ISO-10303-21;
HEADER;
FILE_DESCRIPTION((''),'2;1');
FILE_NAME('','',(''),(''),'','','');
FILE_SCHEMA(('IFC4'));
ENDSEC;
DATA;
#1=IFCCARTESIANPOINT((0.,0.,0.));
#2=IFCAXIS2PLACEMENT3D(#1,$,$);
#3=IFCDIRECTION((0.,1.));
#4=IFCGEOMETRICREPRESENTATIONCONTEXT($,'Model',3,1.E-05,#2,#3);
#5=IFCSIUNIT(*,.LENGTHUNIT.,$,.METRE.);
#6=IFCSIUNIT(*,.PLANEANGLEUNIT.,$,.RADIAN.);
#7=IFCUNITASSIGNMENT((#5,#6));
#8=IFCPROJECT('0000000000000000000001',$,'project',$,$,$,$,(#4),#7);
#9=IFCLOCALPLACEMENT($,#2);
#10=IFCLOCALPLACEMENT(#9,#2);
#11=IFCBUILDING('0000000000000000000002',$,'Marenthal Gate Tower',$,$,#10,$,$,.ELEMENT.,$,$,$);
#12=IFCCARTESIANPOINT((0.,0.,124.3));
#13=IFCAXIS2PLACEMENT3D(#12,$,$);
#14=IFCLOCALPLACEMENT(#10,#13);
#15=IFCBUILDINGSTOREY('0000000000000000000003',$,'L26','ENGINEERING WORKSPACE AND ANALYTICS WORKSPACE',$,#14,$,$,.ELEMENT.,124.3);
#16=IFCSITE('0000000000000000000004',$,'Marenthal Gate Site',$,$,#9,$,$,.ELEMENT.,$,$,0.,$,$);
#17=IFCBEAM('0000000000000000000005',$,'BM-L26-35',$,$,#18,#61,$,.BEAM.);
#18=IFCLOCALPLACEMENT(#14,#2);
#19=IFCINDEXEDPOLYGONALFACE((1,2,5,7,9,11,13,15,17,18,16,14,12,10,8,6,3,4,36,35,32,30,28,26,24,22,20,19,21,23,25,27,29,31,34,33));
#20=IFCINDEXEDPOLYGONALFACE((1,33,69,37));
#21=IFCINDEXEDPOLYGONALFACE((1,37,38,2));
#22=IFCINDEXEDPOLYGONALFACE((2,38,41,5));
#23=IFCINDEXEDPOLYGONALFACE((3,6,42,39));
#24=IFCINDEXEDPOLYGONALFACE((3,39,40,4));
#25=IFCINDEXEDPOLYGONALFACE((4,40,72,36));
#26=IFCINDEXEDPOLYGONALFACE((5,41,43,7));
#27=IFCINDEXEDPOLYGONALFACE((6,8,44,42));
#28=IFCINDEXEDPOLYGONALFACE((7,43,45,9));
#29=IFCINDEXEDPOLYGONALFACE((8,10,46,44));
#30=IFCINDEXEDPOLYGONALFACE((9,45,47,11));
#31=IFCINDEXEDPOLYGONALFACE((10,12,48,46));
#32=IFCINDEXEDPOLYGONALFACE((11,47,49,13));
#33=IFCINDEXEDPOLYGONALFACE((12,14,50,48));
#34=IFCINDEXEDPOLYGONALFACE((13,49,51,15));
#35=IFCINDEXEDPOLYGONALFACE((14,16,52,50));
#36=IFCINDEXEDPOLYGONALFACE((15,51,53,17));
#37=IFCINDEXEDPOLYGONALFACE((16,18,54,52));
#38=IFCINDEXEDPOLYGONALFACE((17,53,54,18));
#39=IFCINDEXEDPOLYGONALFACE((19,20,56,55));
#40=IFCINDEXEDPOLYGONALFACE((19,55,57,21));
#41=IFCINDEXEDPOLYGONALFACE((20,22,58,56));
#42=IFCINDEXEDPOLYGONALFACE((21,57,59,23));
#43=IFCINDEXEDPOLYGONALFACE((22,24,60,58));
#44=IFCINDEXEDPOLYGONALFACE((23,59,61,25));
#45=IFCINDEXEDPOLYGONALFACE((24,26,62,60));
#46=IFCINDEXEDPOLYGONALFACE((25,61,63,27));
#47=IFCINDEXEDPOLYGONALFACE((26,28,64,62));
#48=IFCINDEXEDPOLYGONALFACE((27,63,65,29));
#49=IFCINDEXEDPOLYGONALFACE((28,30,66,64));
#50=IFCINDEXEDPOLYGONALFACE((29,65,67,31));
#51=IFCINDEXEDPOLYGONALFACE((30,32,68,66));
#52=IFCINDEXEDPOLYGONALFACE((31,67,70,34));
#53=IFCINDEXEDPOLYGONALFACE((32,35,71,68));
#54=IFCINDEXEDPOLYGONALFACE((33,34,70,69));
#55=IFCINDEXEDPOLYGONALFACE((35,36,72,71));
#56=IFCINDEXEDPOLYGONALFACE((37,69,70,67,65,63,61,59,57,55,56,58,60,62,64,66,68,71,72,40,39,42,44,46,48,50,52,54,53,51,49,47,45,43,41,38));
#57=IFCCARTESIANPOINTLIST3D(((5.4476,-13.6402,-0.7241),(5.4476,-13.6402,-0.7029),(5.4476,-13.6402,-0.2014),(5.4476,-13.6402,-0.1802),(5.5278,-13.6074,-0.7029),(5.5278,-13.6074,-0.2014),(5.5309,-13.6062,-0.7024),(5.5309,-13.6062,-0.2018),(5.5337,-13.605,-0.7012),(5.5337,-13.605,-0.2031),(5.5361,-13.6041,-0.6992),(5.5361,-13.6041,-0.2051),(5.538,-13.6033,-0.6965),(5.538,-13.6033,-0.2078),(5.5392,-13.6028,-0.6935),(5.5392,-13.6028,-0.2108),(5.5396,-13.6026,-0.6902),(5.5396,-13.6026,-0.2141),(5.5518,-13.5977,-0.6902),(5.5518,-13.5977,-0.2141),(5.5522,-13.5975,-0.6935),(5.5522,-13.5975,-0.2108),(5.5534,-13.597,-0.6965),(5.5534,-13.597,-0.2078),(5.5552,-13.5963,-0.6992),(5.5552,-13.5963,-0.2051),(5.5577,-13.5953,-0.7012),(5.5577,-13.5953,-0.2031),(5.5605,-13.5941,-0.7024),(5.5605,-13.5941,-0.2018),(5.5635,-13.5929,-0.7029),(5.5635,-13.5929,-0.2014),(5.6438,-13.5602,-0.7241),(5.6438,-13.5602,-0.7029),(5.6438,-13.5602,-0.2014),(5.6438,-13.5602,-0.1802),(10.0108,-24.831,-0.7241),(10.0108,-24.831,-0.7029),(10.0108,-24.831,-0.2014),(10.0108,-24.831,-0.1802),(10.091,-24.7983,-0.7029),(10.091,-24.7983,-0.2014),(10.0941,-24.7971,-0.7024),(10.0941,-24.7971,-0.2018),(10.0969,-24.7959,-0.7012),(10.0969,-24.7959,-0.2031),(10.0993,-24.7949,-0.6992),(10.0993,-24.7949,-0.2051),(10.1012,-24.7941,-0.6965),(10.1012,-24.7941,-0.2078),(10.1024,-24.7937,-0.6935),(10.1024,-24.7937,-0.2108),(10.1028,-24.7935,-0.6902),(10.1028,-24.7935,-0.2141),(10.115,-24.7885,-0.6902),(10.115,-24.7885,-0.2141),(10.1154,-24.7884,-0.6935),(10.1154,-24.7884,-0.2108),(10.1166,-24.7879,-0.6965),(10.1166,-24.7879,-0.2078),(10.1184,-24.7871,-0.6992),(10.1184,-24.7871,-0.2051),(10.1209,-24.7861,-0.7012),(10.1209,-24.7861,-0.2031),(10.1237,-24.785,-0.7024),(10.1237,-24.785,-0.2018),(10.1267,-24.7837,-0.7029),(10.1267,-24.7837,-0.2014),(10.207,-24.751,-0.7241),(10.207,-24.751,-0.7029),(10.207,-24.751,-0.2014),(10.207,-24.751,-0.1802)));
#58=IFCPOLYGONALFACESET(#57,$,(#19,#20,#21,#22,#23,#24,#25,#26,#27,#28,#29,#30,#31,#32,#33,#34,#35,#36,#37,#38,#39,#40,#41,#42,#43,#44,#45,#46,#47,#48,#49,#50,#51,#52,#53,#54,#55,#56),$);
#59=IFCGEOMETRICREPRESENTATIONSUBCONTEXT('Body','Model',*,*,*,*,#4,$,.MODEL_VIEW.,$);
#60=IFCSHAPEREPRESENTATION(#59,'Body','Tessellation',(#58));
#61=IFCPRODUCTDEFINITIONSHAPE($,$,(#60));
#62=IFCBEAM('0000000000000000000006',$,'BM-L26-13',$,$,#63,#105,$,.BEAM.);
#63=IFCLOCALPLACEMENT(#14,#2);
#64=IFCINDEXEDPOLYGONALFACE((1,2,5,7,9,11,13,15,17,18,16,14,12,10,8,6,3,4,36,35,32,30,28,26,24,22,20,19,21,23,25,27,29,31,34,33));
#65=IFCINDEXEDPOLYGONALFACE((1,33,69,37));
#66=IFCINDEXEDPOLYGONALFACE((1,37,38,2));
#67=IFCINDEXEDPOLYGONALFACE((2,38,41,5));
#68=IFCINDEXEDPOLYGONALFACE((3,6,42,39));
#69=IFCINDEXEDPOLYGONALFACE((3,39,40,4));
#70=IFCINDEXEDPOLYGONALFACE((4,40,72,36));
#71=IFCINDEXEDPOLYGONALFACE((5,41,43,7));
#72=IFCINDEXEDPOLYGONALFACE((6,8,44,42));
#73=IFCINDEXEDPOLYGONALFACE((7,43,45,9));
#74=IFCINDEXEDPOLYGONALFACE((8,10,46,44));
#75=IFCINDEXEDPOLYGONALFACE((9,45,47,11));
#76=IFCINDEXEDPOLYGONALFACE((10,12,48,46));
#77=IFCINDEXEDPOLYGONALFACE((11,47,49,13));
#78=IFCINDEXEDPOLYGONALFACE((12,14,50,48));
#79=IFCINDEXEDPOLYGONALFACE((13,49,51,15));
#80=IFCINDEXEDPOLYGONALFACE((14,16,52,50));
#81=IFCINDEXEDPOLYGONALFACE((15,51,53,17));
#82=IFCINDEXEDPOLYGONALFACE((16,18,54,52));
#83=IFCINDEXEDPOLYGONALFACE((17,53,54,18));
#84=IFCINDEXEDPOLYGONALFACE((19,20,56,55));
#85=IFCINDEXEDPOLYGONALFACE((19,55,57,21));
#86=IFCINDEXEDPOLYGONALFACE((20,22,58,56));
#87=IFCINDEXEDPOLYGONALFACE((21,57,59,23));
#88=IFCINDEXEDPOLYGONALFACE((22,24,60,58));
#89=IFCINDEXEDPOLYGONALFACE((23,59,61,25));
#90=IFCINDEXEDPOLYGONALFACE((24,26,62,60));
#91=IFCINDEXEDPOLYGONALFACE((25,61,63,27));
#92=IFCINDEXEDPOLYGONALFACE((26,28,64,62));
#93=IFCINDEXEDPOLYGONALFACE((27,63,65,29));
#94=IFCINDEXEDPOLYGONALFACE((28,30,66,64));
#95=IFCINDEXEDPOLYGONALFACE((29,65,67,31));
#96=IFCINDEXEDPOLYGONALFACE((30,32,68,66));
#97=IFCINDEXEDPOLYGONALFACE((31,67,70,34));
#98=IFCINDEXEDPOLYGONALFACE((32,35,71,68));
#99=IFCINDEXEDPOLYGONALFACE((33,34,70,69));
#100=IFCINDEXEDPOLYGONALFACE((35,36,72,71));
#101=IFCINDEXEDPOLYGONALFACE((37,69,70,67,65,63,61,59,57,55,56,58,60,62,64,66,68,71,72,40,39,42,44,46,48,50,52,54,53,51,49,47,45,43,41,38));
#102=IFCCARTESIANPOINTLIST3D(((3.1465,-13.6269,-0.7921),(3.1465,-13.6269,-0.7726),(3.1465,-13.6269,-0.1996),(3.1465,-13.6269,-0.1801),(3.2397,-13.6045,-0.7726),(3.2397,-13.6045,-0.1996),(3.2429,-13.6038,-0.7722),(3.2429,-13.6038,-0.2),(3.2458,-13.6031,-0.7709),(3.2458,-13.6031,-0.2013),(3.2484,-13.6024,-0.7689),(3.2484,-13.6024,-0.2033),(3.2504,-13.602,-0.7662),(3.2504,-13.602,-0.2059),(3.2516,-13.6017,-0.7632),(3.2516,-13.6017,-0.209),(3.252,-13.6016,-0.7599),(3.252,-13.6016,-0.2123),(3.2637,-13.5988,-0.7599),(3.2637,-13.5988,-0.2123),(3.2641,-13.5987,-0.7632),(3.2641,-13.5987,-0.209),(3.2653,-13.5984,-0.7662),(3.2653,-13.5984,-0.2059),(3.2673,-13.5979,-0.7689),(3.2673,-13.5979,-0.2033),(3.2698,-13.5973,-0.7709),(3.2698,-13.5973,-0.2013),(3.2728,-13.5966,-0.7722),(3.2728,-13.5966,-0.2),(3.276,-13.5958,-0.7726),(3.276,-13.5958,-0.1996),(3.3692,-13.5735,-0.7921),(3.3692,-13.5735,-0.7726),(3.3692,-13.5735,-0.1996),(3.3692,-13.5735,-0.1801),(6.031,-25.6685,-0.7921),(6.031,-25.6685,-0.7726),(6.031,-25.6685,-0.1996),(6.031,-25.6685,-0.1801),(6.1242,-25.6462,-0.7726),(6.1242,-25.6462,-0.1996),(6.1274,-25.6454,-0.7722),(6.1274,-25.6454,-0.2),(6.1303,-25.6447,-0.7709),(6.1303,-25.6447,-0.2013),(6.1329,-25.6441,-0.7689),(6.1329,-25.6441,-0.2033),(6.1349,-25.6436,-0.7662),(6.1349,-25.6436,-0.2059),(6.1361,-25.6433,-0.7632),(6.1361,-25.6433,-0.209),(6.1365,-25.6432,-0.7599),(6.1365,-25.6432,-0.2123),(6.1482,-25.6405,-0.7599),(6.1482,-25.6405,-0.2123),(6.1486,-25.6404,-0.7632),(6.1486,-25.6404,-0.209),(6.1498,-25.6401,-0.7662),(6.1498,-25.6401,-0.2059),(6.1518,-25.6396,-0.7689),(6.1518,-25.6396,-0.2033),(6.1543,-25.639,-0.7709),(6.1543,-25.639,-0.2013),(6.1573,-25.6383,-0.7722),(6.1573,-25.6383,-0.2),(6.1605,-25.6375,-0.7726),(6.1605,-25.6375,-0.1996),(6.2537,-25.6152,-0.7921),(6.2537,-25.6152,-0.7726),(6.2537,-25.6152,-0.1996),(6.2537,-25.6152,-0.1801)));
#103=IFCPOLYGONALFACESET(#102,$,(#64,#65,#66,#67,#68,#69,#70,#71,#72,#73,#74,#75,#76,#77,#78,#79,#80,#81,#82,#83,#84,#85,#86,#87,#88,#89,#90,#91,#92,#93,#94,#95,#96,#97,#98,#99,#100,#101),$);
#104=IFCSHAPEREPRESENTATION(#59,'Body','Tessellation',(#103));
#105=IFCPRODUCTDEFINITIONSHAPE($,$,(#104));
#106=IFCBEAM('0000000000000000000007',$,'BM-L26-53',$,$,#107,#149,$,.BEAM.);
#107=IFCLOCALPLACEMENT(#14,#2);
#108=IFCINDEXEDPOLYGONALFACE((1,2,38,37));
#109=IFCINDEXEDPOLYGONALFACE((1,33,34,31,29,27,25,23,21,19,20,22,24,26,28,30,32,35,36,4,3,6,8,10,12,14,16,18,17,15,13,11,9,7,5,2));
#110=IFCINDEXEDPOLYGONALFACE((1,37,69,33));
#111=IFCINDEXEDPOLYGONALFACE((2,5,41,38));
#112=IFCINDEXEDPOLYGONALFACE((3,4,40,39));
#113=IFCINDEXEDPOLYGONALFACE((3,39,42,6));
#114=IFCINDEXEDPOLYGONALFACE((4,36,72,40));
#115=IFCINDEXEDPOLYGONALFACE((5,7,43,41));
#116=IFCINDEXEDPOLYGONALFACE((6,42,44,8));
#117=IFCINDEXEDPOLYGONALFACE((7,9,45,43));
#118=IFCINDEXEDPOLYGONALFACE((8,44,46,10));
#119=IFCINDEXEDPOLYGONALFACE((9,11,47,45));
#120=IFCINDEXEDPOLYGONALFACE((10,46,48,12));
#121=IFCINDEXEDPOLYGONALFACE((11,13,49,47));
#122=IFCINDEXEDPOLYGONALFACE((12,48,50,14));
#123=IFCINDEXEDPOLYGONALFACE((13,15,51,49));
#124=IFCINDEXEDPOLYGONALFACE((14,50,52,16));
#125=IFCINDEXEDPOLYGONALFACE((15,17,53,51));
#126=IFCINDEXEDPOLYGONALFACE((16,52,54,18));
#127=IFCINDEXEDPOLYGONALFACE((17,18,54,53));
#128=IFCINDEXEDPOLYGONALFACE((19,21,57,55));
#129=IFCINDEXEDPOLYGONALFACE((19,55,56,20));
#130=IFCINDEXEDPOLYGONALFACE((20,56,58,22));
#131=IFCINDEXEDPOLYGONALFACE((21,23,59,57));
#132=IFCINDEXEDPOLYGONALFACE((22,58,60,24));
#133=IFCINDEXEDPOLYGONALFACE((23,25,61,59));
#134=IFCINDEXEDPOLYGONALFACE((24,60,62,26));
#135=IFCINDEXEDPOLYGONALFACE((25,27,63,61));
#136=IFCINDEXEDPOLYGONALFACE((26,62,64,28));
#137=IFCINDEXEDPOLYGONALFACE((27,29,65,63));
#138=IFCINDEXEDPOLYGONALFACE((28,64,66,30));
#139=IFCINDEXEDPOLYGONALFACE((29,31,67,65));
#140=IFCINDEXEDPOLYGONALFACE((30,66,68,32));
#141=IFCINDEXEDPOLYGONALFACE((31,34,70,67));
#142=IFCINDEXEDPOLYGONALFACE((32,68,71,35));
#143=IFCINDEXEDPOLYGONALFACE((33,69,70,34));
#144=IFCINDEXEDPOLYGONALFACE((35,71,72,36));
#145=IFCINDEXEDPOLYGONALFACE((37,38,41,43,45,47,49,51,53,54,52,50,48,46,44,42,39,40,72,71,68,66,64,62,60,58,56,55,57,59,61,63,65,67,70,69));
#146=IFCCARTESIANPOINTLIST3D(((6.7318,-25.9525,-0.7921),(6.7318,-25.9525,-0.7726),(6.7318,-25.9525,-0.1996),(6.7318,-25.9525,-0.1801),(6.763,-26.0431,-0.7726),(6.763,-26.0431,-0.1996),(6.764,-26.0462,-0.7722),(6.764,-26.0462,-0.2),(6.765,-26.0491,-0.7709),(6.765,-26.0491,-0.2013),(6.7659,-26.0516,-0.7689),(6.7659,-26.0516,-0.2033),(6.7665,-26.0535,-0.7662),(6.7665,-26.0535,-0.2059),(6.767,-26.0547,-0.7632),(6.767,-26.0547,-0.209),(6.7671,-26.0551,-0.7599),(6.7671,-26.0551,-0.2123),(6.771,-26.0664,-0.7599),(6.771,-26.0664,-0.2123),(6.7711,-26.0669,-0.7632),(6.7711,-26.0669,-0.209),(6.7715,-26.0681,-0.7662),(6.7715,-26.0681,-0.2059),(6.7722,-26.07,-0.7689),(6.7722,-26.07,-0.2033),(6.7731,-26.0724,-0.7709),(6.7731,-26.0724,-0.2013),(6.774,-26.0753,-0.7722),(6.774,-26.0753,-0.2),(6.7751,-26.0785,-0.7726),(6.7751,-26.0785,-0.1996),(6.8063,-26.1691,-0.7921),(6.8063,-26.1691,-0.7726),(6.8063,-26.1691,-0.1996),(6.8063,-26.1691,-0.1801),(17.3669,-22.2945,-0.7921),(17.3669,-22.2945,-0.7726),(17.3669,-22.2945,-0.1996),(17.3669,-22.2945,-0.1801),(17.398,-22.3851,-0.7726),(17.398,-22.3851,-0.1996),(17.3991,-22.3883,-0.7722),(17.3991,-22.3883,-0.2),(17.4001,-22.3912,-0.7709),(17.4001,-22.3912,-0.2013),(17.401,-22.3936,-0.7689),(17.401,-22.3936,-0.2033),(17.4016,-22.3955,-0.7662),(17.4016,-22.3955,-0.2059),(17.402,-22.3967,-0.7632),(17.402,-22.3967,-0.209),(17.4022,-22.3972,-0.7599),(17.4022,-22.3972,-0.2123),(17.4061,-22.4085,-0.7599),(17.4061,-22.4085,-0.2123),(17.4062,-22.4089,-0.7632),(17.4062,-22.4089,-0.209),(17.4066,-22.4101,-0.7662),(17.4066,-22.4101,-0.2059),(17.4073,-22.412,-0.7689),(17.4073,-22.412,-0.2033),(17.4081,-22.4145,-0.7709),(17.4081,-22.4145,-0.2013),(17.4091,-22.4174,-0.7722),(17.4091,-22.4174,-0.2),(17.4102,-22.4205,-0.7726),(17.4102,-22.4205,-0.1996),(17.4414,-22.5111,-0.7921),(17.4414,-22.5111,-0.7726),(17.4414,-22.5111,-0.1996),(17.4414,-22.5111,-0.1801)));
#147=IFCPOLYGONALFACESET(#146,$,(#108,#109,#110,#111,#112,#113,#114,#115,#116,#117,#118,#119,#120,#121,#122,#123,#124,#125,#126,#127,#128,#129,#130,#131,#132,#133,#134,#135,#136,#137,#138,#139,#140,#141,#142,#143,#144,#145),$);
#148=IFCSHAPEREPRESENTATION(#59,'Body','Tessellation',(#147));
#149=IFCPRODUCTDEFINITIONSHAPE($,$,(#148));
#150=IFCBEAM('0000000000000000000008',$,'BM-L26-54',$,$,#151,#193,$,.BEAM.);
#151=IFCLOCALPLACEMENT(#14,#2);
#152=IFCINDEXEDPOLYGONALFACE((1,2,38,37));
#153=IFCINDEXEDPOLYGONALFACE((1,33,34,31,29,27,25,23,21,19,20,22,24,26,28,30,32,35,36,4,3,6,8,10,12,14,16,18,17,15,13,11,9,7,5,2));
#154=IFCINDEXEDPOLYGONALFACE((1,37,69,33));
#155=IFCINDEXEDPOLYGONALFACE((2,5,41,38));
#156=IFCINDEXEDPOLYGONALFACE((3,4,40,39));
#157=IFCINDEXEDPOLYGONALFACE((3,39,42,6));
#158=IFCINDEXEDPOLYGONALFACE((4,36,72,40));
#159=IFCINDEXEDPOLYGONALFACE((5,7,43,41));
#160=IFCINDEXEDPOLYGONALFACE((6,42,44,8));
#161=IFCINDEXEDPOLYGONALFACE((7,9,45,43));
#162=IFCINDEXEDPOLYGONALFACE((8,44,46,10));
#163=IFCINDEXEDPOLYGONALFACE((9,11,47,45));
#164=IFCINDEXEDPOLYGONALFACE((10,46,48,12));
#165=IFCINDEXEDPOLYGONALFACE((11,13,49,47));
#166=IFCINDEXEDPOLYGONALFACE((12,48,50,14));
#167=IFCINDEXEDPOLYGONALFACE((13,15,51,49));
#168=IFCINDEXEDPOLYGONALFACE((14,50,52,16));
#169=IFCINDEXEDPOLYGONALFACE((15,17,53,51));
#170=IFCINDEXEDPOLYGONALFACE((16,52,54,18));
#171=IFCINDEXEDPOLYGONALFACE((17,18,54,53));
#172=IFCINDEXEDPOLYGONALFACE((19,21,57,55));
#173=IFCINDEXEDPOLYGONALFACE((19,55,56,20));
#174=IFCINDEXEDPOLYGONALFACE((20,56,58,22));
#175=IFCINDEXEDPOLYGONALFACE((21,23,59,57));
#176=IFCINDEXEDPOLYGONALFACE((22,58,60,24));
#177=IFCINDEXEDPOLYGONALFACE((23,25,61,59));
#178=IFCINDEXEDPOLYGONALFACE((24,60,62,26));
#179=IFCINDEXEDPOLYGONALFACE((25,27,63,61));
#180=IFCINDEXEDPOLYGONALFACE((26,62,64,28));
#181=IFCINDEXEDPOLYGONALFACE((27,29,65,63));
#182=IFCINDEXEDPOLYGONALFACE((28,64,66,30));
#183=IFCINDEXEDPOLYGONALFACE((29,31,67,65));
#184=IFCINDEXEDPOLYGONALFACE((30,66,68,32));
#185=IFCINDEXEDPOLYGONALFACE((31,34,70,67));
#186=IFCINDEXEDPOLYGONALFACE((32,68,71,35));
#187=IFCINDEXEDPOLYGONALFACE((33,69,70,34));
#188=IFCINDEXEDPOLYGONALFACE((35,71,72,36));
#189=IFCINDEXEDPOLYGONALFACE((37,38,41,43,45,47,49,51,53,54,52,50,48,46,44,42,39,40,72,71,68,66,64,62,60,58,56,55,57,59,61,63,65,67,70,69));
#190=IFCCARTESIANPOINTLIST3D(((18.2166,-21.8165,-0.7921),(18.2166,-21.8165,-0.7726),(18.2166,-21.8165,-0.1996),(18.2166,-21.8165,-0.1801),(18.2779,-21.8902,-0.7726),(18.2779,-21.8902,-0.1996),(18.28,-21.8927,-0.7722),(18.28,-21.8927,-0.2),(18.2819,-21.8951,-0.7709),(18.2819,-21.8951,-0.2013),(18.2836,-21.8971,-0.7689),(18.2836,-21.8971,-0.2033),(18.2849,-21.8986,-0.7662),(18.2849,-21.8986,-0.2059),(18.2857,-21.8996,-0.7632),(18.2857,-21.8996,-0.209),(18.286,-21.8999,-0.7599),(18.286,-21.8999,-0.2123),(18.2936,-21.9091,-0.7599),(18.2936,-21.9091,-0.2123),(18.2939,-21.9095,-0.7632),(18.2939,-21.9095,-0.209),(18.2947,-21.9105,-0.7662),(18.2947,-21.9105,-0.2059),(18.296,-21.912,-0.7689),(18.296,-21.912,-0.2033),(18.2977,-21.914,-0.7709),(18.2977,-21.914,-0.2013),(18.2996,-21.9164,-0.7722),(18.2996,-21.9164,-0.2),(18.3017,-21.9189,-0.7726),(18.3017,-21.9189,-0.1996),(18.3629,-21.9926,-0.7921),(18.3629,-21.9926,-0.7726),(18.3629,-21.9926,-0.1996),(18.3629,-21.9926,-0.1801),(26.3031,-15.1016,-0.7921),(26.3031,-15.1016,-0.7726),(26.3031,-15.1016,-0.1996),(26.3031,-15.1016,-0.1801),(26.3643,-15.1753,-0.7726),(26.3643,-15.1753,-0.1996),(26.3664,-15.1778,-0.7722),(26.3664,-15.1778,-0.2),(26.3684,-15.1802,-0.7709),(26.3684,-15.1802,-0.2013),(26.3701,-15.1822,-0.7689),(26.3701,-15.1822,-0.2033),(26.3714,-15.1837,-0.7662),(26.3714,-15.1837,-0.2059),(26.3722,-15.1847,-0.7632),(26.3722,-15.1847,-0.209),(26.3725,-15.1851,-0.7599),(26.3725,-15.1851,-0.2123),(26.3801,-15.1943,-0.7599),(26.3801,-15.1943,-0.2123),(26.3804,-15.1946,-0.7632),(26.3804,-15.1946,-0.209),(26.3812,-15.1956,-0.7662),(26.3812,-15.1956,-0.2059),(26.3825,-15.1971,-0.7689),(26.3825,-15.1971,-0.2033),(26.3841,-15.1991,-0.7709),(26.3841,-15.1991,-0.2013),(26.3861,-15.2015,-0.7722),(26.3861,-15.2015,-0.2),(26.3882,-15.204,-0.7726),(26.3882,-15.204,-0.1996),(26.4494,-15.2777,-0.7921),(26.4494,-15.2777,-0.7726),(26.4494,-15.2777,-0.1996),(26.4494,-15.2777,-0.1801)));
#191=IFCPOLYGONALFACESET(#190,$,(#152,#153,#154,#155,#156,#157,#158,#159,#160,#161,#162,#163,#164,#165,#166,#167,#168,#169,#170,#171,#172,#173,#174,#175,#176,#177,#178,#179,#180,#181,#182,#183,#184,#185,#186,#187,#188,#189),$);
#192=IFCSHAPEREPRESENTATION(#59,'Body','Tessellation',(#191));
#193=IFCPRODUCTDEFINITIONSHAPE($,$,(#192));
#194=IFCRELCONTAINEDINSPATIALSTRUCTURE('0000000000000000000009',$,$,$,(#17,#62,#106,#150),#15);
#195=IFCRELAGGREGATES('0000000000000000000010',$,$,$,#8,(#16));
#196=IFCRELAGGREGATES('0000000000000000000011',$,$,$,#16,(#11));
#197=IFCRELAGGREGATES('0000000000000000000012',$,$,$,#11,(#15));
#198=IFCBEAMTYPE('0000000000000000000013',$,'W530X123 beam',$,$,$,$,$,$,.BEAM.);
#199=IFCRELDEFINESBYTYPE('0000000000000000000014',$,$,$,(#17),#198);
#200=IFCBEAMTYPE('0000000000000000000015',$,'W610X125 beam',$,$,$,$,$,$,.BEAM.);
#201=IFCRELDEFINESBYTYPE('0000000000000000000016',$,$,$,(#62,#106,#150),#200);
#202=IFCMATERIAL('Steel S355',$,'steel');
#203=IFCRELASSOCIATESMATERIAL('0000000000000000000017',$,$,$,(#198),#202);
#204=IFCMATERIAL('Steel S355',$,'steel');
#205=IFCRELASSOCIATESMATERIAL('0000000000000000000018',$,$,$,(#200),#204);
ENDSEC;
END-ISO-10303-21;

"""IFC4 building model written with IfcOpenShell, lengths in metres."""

from ifc_helpers import new_model, si_unit, direction, frame, origin, origin_2d, place, context, subcontext, project, spatial, i_section, extrude, material, material_profile, profile_set, type_object, element, save


model = new_model("IFC4")

# Units and contexts
model_context = context("Model", 3, precision=1e-05, world=origin(), true_north=direction((0.0, 1.0)))
body_context = subcontext(model_context, "Body", "Model", "MODEL_VIEW")
ifc_project = project(units=[si_unit("LENGTHUNIT", "METRE"), si_unit("PLANEANGLEUNIT", "RADIAN")], contexts=[model_context])

# Site, building, storey
site_placement = place(None, origin())
site = spatial("IfcSite", under=ifc_project, at=site_placement, Name="Marenthal Gate Site", CompositionType="ELEMENT", RefElevation=0.0)
building_placement = place(site_placement, origin())
building = spatial("IfcBuilding", under=site, at=building_placement, Name="Marenthal Gate Tower", CompositionType="ELEMENT")
storey_placement = place(building_placement, frame((0.0, 0.0, 124.3)))
storey = spatial("IfcBuildingStorey", under=building, at=storey_placement, Name="L26", Description="ENGINEERING WORKSPACE AND ANALYTICS WORKSPACE", CompositionType="ELEMENT", Elevation=124.3)

# Beams
ifc_material_1 = material(Name="Steel S355", Category="steel")
ifc_material_profile_1 = material_profile(ifc_material_1, i_section(OverallWidth=0.2119, OverallDepth=0.5439, WebThickness=0.0132, FlangeThickness=0.0212, FilletRadius=0.0127, at=origin_2d()), Name="W530X123")
ifc_profile_set_1 = profile_set([ifc_material_profile_1], Name="Steel S355")
beam_type_1 = type_object("IfcBeamType", Name="W530X123 beam", PredefinedType="BEAM", material=ifc_profile_set_1)
beam_1_placement = place(storey_placement, frame((10.1089, -24.791, -0.4521), z_axis=(-0.377579, 0.925978, 0.0), x_axis=(-0.925978, -0.377579, 0.0)))
element("IfcBeam", 1, at=beam_1_placement, inside=storey, type_object=beam_type_1, Name="BM-L26-35", PredefinedType="BEAM", context=body_context, shape_type="SweptSolid", body=[
    extrude(i_section(OverallWidth=0.2119, OverallDepth=0.5439, WebThickness=0.0132, FlangeThickness=0.0212, FilletRadius=0.0127, at=origin_2d()), origin(), (0.0, 0.0, 1.0), 12.0854),
])
ifc_material_2 = material(Name="Steel S355", Category="steel")
ifc_material_profile_2 = material_profile(ifc_material_2, i_section(OverallWidth=0.229, OverallDepth=0.6121, WebThickness=0.012, FlangeThickness=0.0195, FilletRadius=0.0127, at=origin_2d()), Name="W610X125")
ifc_profile_set_2 = profile_set([ifc_material_profile_2], Name="Steel S355")
beam_type_2 = type_object("IfcBeamType", Name="W610X125 beam", PredefinedType="BEAM", material=ifc_profile_set_2)
beam_2_placement = place(storey_placement, frame((6.1423, -25.6418, -0.4861), z_axis=(-0.232953, 0.972488, 0.0), x_axis=(-0.972488, -0.232953, 0.0)))
element("IfcBeam", 2, at=beam_2_placement, inside=storey, type_object=beam_type_2, Name="BM-L26-13", PredefinedType="BEAM", context=body_context, shape_type="SweptSolid", body=[
    extrude(i_section(OverallWidth=0.229, OverallDepth=0.6121, WebThickness=0.012, FlangeThickness=0.0195, FilletRadius=0.0127, at=origin_2d()), origin(), (0.0, 0.0, 1.0), 12.3823),
])
beam_3_placement = place(storey_placement, frame((6.769, -26.0608, -0.4861), z_axis=(0.945627, 0.325253, 0.0), x_axis=(-0.325253, 0.945627, 0.0)))
element("IfcBeam", 3, at=beam_3_placement, inside=storey, type_object=beam_type_2, Name="BM-L26-53", PredefinedType="BEAM", context=body_context, shape_type="SweptSolid", body=[
    extrude(i_section(OverallWidth=0.229, OverallDepth=0.6121, WebThickness=0.012, FlangeThickness=0.0195, FilletRadius=0.0127, at=origin_2d()), origin(), (0.0, 0.0, 1.0), 11.2466),
])
beam_4_placement = place(storey_placement, frame((18.2898, -21.9045, -0.4861), z_axis=(0.769336, 0.638845, 0.0), x_axis=(-0.638845, 0.769336, 0.0)))
element("IfcBeam", 4, at=beam_4_placement, inside=storey, type_object=beam_type_2, Name="BM-L26-54", PredefinedType="BEAM", context=body_context, shape_type="SweptSolid", body=[
    extrude(i_section(OverallWidth=0.229, OverallDepth=0.6121, WebThickness=0.012, FlangeThickness=0.0195, FilletRadius=0.0127, at=origin_2d()), origin(), (0.0, 0.0, 1.0), 10.511),
])

save(model, "model.ifc")
